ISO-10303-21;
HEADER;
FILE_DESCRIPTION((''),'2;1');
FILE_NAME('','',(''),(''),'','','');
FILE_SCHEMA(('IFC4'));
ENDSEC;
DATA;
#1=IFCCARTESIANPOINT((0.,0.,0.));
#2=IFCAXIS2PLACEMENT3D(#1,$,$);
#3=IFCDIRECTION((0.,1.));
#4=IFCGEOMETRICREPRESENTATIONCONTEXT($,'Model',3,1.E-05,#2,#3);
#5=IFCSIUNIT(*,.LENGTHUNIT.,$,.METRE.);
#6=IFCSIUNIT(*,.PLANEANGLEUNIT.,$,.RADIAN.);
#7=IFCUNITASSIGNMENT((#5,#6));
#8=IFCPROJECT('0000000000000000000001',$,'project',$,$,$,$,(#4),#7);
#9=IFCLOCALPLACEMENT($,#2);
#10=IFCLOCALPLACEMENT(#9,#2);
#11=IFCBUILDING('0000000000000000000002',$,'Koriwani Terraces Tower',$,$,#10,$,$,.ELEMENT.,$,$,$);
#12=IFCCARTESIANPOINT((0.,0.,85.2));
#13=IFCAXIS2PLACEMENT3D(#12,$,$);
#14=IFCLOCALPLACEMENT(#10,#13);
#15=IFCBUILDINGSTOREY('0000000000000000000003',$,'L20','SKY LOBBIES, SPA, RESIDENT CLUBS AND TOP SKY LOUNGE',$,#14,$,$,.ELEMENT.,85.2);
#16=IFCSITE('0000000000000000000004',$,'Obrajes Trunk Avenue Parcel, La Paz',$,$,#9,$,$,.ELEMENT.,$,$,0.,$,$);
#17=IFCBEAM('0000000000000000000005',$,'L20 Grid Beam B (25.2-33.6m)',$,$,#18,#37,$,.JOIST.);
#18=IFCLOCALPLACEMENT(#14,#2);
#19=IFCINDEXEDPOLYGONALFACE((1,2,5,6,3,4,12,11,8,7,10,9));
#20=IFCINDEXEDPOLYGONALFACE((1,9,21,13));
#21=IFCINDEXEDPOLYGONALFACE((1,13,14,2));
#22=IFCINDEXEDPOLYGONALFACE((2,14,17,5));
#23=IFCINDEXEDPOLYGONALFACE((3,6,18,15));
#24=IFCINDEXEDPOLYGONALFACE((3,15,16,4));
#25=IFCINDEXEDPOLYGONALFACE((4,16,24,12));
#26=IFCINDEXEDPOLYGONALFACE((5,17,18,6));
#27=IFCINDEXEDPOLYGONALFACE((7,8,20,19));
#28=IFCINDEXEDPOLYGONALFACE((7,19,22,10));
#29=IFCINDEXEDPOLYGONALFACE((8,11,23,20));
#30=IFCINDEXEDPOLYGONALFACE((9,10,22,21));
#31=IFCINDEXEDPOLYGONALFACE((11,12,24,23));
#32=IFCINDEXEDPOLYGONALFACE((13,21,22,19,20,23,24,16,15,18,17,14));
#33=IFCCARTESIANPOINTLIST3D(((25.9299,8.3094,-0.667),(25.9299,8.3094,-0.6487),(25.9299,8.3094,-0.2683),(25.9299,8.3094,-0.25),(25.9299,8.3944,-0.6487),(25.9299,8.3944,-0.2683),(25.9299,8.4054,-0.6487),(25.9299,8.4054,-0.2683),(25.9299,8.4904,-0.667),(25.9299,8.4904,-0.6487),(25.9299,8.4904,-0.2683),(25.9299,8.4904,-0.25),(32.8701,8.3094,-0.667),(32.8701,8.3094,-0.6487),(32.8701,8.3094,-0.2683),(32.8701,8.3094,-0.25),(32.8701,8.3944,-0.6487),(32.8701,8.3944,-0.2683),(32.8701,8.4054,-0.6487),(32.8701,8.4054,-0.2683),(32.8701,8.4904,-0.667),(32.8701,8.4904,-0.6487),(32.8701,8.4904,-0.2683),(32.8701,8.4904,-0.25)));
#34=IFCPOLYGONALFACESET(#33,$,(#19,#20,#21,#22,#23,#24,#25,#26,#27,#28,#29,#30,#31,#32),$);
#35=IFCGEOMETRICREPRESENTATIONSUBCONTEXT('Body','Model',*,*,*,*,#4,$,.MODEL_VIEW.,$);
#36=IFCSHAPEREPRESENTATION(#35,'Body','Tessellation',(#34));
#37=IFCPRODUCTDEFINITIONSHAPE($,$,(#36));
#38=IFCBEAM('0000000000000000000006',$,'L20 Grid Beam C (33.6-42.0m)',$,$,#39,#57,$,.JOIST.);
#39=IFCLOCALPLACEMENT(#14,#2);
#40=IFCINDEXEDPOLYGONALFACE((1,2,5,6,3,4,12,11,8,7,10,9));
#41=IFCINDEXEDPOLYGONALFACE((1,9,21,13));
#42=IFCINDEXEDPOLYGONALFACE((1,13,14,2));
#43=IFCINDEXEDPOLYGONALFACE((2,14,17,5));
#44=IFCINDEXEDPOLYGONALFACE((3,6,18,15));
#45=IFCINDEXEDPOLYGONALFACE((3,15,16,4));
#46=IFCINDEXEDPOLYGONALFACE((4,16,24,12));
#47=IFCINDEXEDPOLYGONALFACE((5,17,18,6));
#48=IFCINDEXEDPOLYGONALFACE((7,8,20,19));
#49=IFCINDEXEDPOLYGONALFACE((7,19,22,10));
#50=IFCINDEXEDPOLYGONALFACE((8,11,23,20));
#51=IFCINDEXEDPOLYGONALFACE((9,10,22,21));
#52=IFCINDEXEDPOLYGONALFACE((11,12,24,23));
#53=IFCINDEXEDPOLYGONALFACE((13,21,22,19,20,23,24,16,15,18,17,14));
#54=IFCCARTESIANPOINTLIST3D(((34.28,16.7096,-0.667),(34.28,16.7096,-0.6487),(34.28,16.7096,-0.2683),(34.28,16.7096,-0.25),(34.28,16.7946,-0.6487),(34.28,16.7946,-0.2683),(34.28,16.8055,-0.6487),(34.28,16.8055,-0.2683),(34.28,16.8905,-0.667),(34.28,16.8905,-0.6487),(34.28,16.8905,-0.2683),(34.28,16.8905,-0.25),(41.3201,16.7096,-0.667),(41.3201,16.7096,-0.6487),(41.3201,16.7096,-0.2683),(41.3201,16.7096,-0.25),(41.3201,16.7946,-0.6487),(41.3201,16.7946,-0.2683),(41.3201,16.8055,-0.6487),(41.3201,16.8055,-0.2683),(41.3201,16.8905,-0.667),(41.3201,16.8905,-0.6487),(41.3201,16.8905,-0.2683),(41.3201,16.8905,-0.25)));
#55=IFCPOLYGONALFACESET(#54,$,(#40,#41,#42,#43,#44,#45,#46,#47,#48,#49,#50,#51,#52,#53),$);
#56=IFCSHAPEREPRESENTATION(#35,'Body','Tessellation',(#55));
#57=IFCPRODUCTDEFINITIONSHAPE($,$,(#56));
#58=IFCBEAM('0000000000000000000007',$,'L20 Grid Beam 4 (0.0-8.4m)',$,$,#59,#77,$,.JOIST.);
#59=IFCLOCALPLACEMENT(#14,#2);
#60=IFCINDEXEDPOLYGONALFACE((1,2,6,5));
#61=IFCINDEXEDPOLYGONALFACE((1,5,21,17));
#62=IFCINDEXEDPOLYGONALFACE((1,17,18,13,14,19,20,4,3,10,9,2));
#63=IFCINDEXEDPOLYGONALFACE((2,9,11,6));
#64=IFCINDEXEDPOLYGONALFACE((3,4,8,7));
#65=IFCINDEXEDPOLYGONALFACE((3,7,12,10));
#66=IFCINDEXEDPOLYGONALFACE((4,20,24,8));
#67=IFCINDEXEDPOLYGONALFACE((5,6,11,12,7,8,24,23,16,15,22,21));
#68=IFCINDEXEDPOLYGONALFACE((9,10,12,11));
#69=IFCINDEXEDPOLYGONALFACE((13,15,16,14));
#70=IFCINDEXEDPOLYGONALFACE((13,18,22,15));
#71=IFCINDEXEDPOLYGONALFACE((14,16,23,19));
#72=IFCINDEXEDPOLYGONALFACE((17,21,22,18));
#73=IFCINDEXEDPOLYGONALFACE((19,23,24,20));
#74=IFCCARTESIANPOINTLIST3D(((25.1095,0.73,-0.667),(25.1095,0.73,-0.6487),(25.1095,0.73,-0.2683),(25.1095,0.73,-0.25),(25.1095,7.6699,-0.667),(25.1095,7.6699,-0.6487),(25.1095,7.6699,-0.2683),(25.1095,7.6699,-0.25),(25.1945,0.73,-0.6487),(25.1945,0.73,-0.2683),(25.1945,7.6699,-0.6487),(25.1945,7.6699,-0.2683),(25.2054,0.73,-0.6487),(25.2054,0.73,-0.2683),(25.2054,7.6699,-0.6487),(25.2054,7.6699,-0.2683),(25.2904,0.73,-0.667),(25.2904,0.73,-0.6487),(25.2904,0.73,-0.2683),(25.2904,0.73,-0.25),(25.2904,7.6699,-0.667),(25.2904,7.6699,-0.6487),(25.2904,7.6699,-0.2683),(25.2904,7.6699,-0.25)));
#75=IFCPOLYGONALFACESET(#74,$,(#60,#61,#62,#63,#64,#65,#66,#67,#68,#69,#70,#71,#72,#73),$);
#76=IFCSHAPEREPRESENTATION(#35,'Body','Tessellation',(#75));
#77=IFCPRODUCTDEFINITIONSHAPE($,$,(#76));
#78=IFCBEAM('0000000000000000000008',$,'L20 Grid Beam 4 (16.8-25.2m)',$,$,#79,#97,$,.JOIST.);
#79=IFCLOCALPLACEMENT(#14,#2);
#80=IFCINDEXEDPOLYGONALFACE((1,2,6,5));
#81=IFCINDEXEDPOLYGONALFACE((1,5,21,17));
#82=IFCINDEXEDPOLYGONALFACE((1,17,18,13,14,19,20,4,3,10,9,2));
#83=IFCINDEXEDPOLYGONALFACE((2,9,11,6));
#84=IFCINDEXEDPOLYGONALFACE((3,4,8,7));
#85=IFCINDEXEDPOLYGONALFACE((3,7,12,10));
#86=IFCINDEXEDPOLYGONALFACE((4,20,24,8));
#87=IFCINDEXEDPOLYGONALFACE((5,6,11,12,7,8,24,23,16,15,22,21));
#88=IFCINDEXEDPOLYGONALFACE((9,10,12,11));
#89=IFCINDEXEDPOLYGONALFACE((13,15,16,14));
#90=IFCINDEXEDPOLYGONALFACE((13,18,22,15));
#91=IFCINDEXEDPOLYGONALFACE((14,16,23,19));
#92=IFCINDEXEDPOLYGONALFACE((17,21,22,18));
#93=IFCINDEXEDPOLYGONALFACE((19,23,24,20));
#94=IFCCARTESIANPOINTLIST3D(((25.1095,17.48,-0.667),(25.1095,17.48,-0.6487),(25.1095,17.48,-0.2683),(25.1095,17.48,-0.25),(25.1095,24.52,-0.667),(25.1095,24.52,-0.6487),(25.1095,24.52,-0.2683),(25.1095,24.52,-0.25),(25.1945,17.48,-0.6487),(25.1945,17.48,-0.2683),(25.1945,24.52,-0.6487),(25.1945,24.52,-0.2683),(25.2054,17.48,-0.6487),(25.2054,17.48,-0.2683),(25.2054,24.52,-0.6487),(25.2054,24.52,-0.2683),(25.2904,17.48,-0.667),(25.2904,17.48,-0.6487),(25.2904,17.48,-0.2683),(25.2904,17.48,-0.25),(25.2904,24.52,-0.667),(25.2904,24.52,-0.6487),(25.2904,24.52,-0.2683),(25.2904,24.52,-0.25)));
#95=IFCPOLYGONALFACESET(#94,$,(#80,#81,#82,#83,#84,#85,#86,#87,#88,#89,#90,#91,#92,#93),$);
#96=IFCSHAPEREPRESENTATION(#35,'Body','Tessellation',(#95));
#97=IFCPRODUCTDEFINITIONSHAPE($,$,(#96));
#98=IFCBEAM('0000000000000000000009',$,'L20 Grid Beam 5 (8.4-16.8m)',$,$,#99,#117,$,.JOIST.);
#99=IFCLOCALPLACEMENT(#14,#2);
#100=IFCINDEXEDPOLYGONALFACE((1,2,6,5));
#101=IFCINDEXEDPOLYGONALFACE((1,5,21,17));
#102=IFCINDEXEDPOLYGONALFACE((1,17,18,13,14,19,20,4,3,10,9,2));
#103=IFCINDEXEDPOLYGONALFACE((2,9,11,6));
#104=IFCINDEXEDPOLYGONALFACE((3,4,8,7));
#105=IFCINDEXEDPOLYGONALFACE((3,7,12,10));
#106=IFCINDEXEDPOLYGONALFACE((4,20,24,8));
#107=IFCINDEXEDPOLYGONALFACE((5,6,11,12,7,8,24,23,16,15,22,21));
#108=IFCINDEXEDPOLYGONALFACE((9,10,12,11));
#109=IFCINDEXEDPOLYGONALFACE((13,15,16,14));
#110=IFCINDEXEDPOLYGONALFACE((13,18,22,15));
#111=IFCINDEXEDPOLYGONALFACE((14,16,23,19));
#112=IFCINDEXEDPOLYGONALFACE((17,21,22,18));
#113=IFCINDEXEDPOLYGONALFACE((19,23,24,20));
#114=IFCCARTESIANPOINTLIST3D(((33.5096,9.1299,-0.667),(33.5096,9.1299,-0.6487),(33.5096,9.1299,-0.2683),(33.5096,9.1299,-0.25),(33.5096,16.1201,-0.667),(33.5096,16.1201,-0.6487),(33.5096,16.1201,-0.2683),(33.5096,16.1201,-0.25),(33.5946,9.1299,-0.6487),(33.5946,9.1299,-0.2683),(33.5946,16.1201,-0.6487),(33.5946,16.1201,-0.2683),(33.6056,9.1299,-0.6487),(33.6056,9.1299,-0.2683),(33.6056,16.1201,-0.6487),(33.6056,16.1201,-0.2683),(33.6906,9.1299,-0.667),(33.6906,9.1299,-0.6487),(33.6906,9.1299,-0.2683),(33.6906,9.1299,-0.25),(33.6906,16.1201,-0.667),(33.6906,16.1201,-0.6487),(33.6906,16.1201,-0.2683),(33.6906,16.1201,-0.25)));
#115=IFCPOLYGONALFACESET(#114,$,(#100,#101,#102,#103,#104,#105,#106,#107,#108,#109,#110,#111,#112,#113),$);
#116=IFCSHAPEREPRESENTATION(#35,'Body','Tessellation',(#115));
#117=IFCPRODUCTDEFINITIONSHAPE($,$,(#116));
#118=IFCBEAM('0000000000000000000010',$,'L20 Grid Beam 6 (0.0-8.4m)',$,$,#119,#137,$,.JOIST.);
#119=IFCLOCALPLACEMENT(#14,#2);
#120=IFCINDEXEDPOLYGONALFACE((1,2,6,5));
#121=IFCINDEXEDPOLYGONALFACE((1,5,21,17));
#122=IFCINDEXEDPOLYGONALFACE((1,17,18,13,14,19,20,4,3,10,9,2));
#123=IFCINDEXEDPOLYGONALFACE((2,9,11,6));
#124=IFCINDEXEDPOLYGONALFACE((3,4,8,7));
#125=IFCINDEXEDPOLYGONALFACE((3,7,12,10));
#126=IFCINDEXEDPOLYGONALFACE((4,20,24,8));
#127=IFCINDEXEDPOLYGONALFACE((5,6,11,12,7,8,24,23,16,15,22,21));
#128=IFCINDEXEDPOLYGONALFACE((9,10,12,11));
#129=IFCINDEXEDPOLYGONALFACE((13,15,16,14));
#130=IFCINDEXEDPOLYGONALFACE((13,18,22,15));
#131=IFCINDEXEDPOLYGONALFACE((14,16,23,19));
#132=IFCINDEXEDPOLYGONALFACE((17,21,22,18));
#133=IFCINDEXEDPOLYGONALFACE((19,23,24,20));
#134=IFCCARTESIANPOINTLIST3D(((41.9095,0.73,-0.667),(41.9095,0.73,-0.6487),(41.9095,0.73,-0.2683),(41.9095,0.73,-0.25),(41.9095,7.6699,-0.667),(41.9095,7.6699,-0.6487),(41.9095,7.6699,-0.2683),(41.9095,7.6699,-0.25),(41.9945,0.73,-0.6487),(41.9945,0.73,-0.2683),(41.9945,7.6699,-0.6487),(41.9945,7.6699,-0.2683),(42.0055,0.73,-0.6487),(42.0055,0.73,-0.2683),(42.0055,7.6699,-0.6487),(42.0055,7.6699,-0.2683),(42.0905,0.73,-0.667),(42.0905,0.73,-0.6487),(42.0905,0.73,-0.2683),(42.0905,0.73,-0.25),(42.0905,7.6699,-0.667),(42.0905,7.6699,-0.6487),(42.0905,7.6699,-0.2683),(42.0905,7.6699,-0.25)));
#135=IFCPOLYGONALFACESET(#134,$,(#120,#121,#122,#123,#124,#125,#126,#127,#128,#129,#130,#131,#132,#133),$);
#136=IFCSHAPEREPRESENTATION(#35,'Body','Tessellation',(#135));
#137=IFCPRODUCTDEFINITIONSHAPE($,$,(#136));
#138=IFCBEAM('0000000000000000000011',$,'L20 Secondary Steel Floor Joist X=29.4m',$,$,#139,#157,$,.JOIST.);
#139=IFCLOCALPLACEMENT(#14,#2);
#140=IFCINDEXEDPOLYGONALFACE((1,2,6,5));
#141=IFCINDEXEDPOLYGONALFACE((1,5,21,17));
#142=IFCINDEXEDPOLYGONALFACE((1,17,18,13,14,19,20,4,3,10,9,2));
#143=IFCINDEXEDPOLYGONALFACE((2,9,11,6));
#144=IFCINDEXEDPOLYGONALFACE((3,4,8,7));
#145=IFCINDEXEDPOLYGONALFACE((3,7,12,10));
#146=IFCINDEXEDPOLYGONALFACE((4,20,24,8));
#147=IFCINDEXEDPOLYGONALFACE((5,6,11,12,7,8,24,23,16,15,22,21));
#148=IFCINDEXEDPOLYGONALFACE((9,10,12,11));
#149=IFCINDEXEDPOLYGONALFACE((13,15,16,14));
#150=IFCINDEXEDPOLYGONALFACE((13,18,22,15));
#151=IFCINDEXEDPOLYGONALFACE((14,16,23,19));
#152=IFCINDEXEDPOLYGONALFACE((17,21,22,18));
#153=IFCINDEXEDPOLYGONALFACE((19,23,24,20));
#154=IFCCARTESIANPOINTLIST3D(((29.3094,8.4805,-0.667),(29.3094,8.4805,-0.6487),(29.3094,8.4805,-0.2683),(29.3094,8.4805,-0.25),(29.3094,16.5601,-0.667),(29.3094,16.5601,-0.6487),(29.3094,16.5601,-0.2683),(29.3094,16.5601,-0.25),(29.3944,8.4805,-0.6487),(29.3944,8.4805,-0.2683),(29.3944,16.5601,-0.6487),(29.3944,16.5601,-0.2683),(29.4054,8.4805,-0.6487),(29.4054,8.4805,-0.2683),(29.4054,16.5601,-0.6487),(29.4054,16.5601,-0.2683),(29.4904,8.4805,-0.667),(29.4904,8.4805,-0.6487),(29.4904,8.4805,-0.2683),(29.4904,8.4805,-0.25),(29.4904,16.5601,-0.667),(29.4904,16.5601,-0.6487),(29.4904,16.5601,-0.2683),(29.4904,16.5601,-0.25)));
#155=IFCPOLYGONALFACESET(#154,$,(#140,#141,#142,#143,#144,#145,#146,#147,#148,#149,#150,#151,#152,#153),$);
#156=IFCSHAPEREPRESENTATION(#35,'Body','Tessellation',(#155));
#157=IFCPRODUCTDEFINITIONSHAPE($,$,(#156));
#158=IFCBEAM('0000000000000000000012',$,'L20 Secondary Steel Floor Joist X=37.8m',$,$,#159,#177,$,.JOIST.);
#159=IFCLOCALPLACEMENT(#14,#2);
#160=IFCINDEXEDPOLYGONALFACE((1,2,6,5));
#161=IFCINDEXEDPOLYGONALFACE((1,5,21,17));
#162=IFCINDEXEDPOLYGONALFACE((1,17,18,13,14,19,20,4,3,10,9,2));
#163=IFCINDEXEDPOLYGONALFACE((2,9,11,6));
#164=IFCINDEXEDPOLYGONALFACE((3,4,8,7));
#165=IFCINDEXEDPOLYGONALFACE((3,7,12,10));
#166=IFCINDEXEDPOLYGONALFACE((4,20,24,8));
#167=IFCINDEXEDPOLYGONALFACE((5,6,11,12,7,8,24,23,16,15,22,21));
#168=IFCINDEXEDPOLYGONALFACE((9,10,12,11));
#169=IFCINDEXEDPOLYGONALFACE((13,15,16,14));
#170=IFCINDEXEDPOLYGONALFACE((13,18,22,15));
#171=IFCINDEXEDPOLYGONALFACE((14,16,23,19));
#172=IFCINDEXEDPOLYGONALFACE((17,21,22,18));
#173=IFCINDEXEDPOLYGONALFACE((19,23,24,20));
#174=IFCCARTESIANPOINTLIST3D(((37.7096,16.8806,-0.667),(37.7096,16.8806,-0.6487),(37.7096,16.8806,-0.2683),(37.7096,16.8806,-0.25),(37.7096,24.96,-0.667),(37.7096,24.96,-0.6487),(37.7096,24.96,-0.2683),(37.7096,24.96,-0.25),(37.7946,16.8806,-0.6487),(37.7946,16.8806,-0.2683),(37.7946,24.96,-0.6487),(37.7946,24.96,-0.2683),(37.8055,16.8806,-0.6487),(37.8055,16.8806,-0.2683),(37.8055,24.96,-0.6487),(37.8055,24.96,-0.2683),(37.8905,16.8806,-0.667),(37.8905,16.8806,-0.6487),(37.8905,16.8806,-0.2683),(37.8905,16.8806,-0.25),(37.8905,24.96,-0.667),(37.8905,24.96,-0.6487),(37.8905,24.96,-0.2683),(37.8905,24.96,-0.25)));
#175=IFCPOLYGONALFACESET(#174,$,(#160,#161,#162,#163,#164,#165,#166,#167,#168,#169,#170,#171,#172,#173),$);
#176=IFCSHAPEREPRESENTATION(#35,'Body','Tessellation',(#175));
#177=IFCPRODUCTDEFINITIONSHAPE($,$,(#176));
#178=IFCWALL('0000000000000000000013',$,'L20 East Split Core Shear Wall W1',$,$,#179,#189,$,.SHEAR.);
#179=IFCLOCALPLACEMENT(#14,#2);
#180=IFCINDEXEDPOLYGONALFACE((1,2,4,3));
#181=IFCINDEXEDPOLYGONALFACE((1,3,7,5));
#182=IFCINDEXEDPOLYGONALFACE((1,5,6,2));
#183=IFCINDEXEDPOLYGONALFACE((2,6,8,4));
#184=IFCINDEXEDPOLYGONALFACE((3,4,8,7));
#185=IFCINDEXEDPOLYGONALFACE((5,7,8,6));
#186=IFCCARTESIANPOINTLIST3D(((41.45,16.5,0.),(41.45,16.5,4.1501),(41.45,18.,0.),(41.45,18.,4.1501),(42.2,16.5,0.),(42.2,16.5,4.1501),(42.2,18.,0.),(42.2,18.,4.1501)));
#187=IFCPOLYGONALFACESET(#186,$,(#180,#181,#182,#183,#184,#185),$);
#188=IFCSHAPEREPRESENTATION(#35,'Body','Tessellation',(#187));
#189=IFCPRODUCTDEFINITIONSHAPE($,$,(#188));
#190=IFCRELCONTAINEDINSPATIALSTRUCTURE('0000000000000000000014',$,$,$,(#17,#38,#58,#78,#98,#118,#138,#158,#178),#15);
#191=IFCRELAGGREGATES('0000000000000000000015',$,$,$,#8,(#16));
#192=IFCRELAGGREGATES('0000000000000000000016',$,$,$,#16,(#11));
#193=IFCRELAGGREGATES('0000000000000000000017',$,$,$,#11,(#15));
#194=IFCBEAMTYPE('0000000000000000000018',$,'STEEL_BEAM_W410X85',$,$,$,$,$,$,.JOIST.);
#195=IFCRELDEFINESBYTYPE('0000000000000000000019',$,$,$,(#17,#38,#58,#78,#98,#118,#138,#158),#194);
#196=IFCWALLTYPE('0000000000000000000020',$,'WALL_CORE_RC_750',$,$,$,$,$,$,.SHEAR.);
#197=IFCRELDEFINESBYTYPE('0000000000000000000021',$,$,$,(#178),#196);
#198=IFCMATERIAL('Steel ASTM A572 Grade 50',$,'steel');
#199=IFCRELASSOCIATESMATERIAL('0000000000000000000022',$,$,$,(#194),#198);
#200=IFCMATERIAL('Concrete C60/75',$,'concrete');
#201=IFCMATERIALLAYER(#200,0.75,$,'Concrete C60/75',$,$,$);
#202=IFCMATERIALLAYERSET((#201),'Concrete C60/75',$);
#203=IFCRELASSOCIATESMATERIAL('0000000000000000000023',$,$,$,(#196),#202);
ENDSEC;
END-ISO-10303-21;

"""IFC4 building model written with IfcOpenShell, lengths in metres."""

from ifc_helpers import new_model, si_unit, direction, frame, frame_2d, origin, origin_2d, place, context, subcontext, project, spatial, rectangle, i_section, extrude, material, layer, layer_set, material_profile, profile_set, type_object, element, save


model = new_model("IFC4")

# Units and contexts
model_context = context("Model", 3, precision=1e-05, world=origin(), true_north=direction((0.0, 1.0)))
body_context = subcontext(model_context, "Body", "Model", "MODEL_VIEW")
ifc_project = project(units=[si_unit("LENGTHUNIT", "METRE"), si_unit("PLANEANGLEUNIT", "RADIAN")], contexts=[model_context])

# Site, building, storey
site_placement = place(None, origin())
site = spatial("IfcSite", under=ifc_project, at=site_placement, Name="Obrajes Trunk Avenue Parcel, La Paz", CompositionType="ELEMENT", RefElevation=0.0)
building_placement = place(site_placement, origin())
building = spatial("IfcBuilding", under=site, at=building_placement, Name="Koriwani Terraces Tower", CompositionType="ELEMENT")
storey_placement = place(building_placement, frame((0.0, 0.0, 85.2)))
storey = spatial("IfcBuildingStorey", under=building, at=storey_placement, Name="L20", Description="SKY LOBBIES, SPA, RESIDENT CLUBS AND TOP SKY LOUNGE", CompositionType="ELEMENT", Elevation=85.2)

# Shared definitions
ifc_material_1 = material(Name="Concrete C60/75", Category="concrete")

# Beams
ifc_material_2 = material(Name="Steel ASTM A572 Grade 50", Category="steel")
ifc_material_profile_1 = material_profile(ifc_material_2, i_section(OverallWidth=0.1809, OverallDepth=0.417, WebThickness=0.011, FlangeThickness=0.0183, at=origin_2d()), Name="Steel ASTM A572 Grade 50", Category="LoadBearing")
ifc_profile_set_1 = profile_set([ifc_material_profile_1], Name="Steel ASTM A572 Grade 50")
beam_type_1 = type_object("IfcBeamType", Name="STEEL_BEAM_W410X85", PredefinedType="JOIST", material=ifc_profile_set_1)
beam_1_placement = place(storey_placement, frame((25.9299, 8.3999, -0.4585), z_axis=(1.0, 0.0, 0.0), x_axis=(0.0, 1.0, 0.0)))
element("IfcBeam", 1, at=beam_1_placement, inside=storey, type_object=beam_type_1, Name="L20 Grid Beam B (25.2-33.6m)", PredefinedType="JOIST", context=body_context, shape_type="SweptSolid", body=[
    extrude(i_section(OverallWidth=0.1809, OverallDepth=0.417, WebThickness=0.011, FlangeThickness=0.0183, at=origin_2d()), origin(), (0.0, 0.0, 1.0), 6.9402),
])
beam_2_placement = place(storey_placement, frame((34.28, 16.8, -0.4585), z_axis=(1.0, 0.0, 0.0), x_axis=(0.0, 1.0, 0.0)))
element("IfcBeam", 2, at=beam_2_placement, inside=storey, type_object=beam_type_1, Name="L20 Grid Beam C (33.6-42.0m)", PredefinedType="JOIST", context=body_context, shape_type="SweptSolid", body=[
    extrude(i_section(OverallWidth=0.1809, OverallDepth=0.417, WebThickness=0.011, FlangeThickness=0.0183, at=origin_2d()), origin(), (0.0, 0.0, 1.0), 7.04),
])
beam_3_placement = place(storey_placement, frame((25.2, 0.73, -0.4585), z_axis=(0.0, 1.0, 0.0), x_axis=(-1.0, 0.0, 0.0)))
element("IfcBeam", 3, at=beam_3_placement, inside=storey, type_object=beam_type_1, Name="L20 Grid Beam 4 (0.0-8.4m)", PredefinedType="JOIST", context=body_context, shape_type="SweptSolid", body=[
    extrude(i_section(OverallWidth=0.1809, OverallDepth=0.417, WebThickness=0.011, FlangeThickness=0.0183, at=origin_2d()), origin(), (0.0, 0.0, 1.0), 6.9399),
])
beam_4_placement = place(storey_placement, frame((25.2, 17.48, -0.4585), z_axis=(0.0, 1.0, 0.0), x_axis=(-1.0, 0.0, 0.0)))
element("IfcBeam", 4, at=beam_4_placement, inside=storey, type_object=beam_type_1, Name="L20 Grid Beam 4 (16.8-25.2m)", PredefinedType="JOIST", context=body_context, shape_type="SweptSolid", body=[
    extrude(i_section(OverallWidth=0.1809, OverallDepth=0.417, WebThickness=0.011, FlangeThickness=0.0183, at=origin_2d()), origin(), (0.0, 0.0, 1.0), 7.04),
])
beam_5_placement = place(storey_placement, frame((33.6001, 9.1299, -0.4585), z_axis=(0.0, 1.0, 0.0), x_axis=(-1.0, 0.0, 0.0)))
element("IfcBeam", 5, at=beam_5_placement, inside=storey, type_object=beam_type_1, Name="L20 Grid Beam 5 (8.4-16.8m)", PredefinedType="JOIST", context=body_context, shape_type="SweptSolid", body=[
    extrude(i_section(OverallWidth=0.1809, OverallDepth=0.417, WebThickness=0.011, FlangeThickness=0.0183, at=origin_2d()), origin(), (0.0, 0.0, 1.0), 6.9902),
])
beam_6_placement = place(storey_placement, frame((42.0, 0.73, -0.4585), z_axis=(0.0, 1.0, 0.0), x_axis=(-1.0, 0.0, 0.0)))
element("IfcBeam", 6, at=beam_6_placement, inside=storey, type_object=beam_type_1, Name="L20 Grid Beam 6 (0.0-8.4m)", PredefinedType="JOIST", context=body_context, shape_type="SweptSolid", body=[
    extrude(i_section(OverallWidth=0.1809, OverallDepth=0.417, WebThickness=0.011, FlangeThickness=0.0183, at=origin_2d()), origin(), (0.0, 0.0, 1.0), 6.9399),
])
beam_7_placement = place(storey_placement, frame((29.3999, 8.4805, -0.4585), z_axis=(0.0, 1.0, 0.0), x_axis=(-1.0, 0.0, 0.0)))
element("IfcBeam", 7, at=beam_7_placement, inside=storey, type_object=beam_type_1, Name="L20 Secondary Steel Floor Joist X=29.4m", PredefinedType="JOIST", context=body_context, shape_type="SweptSolid", body=[
    extrude(i_section(OverallWidth=0.1809, OverallDepth=0.417, WebThickness=0.011, FlangeThickness=0.0183, at=origin_2d()), origin(), (0.0, 0.0, 1.0), 8.0796),
])
beam_8_placement = place(storey_placement, frame((37.8, 16.8806, -0.4585), z_axis=(0.0, 1.0, 0.0), x_axis=(-1.0, 0.0, 0.0)))
element("IfcBeam", 8, at=beam_8_placement, inside=storey, type_object=beam_type_1, Name="L20 Secondary Steel Floor Joist X=37.8m", PredefinedType="JOIST", context=body_context, shape_type="SweptSolid", body=[
    extrude(i_section(OverallWidth=0.1809, OverallDepth=0.417, WebThickness=0.011, FlangeThickness=0.0183, at=origin_2d()), origin(), (0.0, 0.0, 1.0), 8.0793),
])

# Wall
ifc_layer_1 = layer(ifc_material_1, 0.75, Name="Concrete C60/75")
ifc_layer_set_1 = layer_set([ifc_layer_1], Name="Concrete C60/75")
wall_type_1 = type_object("IfcWallType", Name="WALL_CORE_RC_750", PredefinedType="SHEAR", material=ifc_layer_set_1)
wall_1_placement = place(storey_placement, frame((41.825, 16.5, 0.0), z_axis=(0.0, 0.0, 1.0), x_axis=(0.0, 1.0, 0.0)))
element("IfcWall", 9, at=wall_1_placement, inside=storey, type_object=wall_type_1, Name="L20 East Split Core Shear Wall W1", PredefinedType="SHEAR", context=body_context, shape_type="SweptSolid", body=[
    extrude(rectangle(XDim=1.5, YDim=0.75, at=frame_2d((0.75, 0.0))), origin(), (0.0, 0.0, 1.0), 4.1501),
])

save(model, "model.ifc")
